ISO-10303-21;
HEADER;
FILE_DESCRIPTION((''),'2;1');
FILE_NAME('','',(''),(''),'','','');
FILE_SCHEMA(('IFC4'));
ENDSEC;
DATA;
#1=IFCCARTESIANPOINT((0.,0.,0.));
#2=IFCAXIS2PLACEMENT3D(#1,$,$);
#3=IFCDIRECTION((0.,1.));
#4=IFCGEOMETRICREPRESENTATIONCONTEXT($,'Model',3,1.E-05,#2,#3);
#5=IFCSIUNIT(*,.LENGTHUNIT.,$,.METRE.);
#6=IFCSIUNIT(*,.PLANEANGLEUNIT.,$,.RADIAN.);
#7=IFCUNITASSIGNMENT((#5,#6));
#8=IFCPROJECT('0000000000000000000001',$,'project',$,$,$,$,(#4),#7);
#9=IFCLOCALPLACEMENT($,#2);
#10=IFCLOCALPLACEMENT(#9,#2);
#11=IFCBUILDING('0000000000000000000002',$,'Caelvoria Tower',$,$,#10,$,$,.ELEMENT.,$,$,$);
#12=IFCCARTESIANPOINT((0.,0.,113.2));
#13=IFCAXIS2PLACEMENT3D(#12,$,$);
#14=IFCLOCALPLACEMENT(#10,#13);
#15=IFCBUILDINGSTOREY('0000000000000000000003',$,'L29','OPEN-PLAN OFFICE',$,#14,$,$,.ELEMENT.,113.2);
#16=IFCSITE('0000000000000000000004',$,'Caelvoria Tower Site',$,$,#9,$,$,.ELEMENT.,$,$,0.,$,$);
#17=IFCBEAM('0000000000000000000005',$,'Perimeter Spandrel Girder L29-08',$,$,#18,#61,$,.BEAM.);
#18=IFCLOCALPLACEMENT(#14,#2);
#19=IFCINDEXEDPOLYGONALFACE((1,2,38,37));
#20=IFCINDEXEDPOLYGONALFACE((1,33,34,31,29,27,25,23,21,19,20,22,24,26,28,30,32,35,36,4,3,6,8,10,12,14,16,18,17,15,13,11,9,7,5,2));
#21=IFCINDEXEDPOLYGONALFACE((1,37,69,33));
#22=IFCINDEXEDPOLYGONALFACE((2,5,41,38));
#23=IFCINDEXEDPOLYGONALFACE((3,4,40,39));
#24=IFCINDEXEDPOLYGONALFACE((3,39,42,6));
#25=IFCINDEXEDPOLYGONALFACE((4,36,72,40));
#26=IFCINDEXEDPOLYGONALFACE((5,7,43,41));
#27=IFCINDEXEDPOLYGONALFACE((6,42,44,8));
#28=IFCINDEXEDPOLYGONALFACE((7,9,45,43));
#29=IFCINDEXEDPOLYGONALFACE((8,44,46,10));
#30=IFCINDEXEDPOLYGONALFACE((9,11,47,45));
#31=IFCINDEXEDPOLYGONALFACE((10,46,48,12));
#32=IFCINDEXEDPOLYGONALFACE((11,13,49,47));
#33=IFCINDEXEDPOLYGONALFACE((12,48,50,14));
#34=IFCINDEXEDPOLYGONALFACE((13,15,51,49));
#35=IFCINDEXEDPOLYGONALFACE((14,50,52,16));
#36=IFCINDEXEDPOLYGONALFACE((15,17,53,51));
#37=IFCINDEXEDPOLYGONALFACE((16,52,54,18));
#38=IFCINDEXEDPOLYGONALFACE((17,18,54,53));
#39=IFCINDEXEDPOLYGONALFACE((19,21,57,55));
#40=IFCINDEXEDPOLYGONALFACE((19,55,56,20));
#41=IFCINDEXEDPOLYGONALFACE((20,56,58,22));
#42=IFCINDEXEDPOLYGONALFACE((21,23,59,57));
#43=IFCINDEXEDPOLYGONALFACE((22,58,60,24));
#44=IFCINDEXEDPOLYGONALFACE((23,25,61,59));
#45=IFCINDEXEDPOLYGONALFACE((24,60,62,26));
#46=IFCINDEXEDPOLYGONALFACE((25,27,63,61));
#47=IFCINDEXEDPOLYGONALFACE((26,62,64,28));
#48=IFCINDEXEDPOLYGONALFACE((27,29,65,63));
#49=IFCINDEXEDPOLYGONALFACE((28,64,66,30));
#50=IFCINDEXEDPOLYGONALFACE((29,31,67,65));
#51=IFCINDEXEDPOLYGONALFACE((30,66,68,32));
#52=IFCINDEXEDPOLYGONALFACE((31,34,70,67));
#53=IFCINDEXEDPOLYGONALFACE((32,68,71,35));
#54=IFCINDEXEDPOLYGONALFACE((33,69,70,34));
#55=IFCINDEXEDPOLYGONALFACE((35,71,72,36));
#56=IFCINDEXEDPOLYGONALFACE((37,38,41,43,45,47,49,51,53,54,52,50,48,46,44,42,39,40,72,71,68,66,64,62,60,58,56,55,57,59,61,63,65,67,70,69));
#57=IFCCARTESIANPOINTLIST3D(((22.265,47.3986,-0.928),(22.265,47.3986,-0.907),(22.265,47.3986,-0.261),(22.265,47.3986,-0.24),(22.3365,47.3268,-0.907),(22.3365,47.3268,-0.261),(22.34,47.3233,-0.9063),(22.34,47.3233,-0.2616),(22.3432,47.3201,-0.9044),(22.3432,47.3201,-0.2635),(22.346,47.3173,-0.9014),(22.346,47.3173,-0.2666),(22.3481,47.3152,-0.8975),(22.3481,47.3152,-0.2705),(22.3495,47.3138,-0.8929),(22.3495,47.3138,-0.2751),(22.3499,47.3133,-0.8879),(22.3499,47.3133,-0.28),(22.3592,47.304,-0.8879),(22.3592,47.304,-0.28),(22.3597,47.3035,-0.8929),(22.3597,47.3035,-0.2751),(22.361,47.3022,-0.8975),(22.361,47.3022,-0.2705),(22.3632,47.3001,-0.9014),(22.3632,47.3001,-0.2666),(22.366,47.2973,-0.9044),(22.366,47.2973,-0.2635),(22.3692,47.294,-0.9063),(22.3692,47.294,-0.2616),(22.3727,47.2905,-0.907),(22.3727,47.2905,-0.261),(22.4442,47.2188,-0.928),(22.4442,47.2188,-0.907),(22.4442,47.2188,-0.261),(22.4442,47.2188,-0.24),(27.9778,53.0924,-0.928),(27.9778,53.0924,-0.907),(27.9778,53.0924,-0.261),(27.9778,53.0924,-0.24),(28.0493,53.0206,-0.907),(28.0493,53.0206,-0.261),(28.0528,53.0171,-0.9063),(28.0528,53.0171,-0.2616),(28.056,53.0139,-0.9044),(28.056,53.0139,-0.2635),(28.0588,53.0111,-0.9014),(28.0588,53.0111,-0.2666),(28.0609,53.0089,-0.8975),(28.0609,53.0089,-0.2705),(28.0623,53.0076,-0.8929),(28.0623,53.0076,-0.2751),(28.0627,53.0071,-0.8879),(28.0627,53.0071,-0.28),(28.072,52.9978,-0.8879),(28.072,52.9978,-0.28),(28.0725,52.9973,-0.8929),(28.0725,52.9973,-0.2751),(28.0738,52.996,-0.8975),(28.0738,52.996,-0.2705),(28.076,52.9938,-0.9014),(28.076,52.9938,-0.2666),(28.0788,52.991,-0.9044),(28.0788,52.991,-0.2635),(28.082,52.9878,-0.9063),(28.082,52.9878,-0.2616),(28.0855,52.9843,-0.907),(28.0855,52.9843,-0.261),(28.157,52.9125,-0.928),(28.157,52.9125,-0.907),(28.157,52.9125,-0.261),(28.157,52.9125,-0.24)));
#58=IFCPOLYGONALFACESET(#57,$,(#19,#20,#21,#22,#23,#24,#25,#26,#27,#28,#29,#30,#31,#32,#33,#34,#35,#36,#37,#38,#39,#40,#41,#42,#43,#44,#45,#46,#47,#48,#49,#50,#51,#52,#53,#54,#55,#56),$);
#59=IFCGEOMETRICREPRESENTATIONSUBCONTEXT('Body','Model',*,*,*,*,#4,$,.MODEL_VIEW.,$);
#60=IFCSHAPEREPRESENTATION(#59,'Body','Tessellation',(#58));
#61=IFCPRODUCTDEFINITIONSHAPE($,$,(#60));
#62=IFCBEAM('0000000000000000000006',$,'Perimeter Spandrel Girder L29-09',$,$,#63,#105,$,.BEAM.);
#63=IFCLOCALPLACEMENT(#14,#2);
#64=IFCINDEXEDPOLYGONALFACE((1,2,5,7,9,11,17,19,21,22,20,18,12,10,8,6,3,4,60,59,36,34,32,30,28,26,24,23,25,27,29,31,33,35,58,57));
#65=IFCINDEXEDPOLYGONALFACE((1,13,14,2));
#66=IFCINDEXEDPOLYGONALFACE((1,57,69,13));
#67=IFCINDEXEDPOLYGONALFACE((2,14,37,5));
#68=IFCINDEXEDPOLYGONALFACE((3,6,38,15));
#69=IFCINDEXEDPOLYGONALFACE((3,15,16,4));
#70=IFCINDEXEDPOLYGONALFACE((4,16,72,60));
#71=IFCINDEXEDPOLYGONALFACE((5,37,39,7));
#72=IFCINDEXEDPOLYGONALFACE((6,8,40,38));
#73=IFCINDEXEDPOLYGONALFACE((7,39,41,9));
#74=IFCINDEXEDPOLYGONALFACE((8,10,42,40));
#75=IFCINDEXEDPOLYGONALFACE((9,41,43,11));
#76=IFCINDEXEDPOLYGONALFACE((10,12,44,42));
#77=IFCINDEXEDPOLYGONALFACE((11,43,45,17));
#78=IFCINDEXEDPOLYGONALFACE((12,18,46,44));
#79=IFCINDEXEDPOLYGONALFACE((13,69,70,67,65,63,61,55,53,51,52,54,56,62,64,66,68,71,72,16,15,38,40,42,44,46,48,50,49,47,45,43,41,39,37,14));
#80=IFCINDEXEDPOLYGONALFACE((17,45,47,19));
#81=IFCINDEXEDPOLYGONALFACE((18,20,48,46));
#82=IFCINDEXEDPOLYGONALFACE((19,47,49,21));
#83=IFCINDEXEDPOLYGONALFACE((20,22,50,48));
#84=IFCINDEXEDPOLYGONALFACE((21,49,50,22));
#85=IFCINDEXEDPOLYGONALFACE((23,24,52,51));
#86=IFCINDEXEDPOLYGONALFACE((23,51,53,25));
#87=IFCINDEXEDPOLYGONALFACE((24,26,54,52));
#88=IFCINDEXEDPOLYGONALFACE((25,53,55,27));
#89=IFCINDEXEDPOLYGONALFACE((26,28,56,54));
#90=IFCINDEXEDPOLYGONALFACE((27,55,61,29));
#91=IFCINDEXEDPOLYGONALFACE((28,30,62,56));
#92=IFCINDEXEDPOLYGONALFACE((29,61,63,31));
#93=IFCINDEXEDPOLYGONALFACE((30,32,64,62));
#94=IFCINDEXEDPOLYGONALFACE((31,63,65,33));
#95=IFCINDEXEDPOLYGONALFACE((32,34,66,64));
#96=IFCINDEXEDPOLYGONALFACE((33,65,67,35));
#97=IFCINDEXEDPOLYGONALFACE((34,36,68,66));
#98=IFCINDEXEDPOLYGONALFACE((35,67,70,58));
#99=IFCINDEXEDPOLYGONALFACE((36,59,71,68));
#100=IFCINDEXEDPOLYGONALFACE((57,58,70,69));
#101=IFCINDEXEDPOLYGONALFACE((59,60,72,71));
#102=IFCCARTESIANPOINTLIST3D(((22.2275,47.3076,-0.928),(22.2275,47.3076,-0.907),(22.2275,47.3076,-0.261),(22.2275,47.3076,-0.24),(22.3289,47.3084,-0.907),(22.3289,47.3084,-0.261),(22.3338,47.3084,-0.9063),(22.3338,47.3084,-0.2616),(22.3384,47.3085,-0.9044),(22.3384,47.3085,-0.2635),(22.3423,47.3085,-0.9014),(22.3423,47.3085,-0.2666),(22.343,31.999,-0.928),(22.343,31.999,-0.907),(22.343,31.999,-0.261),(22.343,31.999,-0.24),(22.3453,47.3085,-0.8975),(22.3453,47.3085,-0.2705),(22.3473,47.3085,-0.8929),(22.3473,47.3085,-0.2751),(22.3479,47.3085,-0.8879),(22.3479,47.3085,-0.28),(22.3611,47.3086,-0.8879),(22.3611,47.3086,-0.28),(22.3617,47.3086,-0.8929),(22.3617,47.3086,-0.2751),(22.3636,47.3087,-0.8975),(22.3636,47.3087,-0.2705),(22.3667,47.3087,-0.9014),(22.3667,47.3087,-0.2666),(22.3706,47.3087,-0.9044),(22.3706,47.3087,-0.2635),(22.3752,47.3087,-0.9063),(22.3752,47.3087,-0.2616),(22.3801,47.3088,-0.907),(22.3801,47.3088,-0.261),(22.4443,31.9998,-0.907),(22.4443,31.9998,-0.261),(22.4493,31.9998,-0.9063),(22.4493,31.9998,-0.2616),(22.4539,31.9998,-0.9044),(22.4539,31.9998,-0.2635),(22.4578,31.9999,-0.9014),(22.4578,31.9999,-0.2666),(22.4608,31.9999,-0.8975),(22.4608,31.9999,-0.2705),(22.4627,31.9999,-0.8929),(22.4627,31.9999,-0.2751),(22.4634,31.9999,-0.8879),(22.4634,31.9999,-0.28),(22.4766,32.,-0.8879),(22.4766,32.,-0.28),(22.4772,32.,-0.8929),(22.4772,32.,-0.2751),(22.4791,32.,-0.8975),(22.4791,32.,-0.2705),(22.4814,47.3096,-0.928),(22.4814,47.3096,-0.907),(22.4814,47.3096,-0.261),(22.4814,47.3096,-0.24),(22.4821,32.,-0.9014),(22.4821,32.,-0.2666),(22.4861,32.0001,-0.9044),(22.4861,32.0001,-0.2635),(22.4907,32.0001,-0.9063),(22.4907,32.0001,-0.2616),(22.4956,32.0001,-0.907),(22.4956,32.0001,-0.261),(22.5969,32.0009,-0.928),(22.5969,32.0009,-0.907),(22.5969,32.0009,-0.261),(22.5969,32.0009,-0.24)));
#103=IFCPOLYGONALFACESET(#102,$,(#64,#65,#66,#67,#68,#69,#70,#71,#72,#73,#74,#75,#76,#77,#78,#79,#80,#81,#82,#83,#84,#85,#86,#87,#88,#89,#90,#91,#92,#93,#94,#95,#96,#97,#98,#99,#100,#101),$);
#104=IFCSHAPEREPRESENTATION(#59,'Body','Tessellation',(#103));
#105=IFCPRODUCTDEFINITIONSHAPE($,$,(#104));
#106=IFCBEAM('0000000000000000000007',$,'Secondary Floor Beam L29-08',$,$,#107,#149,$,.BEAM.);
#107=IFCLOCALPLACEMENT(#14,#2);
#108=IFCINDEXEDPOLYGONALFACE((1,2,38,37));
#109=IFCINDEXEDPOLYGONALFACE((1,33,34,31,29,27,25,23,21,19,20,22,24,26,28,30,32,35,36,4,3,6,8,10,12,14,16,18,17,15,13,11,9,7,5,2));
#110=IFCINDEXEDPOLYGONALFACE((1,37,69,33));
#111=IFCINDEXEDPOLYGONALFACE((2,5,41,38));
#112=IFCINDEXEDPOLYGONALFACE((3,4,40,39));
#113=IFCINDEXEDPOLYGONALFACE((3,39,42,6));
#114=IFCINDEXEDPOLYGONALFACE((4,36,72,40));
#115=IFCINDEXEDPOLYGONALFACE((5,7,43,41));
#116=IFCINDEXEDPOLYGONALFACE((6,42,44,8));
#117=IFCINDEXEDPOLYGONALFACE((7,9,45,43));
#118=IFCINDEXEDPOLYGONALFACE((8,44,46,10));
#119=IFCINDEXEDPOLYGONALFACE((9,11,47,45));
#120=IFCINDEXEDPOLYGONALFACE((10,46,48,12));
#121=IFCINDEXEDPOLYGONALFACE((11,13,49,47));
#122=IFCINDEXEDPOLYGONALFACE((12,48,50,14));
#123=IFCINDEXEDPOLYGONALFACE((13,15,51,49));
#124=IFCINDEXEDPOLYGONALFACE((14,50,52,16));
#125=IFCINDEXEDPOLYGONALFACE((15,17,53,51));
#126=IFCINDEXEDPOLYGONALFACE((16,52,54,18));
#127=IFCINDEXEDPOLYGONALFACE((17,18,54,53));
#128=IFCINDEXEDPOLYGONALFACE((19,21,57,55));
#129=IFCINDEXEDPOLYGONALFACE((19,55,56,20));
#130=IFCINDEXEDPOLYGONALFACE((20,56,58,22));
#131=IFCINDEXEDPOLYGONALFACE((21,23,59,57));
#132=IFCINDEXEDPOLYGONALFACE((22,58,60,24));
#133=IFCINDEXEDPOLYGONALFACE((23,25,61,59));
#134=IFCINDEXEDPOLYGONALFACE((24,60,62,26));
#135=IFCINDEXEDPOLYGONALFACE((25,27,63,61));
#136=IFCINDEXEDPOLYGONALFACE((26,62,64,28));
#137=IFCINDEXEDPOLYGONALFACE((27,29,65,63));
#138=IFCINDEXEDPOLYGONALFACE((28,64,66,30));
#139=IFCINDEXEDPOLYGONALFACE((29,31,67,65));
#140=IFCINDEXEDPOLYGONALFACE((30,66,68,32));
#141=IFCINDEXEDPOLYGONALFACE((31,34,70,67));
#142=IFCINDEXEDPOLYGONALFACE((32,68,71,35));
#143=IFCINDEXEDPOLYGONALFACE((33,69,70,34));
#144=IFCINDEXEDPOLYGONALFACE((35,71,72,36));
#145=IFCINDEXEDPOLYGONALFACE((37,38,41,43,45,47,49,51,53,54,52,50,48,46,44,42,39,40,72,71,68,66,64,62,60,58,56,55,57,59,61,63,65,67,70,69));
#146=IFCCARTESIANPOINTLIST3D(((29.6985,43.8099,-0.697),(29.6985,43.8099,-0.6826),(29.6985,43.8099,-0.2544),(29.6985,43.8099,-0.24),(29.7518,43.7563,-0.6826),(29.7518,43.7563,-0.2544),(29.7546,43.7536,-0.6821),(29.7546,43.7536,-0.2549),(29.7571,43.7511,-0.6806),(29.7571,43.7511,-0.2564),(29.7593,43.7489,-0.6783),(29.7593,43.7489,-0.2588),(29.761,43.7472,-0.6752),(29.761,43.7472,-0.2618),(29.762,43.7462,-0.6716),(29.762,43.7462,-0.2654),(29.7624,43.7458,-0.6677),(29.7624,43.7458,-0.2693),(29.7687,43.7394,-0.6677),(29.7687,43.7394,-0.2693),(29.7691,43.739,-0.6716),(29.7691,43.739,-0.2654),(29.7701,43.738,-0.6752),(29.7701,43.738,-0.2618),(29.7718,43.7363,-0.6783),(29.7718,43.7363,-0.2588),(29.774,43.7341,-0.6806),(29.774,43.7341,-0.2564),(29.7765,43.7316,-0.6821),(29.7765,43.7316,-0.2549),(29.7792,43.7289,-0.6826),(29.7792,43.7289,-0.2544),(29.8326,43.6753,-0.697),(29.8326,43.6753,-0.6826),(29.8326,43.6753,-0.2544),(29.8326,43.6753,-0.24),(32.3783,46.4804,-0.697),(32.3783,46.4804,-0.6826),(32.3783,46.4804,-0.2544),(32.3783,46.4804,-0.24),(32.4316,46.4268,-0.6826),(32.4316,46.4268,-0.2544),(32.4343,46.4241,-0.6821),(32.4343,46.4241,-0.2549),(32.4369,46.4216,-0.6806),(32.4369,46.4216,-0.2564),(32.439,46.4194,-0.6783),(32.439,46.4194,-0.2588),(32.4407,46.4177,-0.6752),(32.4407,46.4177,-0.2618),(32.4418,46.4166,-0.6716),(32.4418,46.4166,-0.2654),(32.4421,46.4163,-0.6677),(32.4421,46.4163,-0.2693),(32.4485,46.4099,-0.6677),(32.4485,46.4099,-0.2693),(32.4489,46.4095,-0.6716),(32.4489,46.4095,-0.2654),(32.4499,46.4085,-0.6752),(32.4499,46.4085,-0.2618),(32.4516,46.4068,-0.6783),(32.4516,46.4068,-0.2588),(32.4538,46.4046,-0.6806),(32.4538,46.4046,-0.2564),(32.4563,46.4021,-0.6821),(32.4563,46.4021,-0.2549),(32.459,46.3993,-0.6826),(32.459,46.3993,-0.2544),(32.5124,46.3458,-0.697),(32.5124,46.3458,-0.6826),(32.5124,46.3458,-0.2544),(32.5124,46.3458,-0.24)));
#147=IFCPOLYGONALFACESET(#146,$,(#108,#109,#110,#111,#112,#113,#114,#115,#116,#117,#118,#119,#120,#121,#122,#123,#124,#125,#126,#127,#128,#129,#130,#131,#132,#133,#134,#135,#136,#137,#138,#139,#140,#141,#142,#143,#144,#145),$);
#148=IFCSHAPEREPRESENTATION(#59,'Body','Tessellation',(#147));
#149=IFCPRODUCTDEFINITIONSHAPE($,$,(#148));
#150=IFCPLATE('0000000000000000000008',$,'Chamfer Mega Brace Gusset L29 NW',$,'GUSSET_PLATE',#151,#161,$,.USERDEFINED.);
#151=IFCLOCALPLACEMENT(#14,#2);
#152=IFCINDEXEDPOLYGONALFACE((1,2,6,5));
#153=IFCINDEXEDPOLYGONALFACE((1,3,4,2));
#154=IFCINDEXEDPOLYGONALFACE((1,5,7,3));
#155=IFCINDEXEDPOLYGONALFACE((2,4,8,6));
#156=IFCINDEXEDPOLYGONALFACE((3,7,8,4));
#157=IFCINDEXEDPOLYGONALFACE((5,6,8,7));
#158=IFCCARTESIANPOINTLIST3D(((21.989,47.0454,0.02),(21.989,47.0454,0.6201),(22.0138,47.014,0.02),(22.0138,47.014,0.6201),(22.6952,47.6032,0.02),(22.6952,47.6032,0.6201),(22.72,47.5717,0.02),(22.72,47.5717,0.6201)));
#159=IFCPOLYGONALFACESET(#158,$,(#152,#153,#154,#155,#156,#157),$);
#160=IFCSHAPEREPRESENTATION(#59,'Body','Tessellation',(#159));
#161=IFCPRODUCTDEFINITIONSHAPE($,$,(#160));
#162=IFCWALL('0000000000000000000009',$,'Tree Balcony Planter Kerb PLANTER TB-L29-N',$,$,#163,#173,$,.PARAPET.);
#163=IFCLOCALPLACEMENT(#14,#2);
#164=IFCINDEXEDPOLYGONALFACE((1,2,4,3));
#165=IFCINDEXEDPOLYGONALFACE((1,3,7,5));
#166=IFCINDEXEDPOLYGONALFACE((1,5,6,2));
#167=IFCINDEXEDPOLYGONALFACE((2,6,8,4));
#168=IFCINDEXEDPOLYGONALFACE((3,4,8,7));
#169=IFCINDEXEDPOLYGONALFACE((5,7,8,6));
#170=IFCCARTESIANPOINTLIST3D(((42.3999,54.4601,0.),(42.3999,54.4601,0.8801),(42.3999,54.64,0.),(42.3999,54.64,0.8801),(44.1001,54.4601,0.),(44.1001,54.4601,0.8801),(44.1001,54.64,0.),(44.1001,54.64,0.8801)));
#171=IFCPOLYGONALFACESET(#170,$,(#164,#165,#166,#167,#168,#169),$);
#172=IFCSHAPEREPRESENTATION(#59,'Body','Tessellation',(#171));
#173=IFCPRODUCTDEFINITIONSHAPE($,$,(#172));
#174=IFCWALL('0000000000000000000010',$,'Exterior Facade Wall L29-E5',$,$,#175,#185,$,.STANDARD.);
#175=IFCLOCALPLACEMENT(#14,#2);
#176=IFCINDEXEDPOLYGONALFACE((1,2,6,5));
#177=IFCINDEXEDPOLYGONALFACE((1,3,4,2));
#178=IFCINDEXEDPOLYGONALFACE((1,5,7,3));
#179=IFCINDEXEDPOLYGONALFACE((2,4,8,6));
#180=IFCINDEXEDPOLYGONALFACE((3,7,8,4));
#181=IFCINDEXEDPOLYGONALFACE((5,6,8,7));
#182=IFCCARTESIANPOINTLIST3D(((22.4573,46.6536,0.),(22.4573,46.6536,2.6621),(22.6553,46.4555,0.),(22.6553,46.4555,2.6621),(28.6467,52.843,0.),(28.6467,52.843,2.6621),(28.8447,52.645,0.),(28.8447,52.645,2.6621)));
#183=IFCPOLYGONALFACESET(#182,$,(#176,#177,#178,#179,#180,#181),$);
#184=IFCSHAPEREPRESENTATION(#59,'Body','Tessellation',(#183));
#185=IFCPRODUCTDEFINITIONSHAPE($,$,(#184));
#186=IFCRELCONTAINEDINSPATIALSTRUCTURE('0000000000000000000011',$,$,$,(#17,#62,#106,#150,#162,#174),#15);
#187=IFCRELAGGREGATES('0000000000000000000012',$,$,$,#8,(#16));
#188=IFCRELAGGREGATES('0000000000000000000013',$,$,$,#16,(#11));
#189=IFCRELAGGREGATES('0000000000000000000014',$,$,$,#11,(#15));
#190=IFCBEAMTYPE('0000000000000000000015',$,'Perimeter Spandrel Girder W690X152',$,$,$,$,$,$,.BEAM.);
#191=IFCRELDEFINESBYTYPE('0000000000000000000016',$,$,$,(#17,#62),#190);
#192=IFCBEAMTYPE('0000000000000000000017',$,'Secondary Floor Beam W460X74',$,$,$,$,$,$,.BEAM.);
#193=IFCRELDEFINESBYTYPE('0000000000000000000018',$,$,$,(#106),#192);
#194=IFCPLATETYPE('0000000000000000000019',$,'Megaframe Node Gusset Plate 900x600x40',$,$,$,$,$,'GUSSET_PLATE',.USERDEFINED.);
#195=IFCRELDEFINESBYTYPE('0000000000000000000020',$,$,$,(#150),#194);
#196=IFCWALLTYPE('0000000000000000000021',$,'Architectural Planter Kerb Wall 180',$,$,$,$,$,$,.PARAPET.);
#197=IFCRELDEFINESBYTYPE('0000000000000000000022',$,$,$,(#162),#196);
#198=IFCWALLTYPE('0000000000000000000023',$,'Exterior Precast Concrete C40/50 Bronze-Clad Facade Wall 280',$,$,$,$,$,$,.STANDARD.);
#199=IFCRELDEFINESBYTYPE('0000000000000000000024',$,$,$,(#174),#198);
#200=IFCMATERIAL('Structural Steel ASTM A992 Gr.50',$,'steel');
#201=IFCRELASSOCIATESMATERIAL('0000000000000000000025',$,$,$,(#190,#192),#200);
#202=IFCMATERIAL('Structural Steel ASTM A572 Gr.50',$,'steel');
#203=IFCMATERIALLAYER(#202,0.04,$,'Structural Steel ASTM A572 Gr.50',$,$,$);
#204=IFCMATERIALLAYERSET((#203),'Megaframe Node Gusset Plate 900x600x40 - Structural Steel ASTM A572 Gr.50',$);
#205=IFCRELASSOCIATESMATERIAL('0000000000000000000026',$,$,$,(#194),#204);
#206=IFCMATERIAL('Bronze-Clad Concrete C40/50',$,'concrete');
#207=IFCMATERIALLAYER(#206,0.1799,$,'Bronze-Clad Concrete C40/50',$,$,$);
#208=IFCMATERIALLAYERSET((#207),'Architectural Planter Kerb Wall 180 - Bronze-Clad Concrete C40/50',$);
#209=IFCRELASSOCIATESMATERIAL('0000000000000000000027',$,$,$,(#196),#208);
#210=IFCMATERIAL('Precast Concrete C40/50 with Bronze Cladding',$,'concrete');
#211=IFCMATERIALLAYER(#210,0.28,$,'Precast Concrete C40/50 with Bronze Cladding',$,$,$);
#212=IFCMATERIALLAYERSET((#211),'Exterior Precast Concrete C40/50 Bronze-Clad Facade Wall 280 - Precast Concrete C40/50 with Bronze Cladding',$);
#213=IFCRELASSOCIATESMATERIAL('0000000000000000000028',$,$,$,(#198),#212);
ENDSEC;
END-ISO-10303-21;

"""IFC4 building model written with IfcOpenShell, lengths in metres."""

from ifc_helpers import new_model, si_unit, direction, frame, frame_2d, origin, origin_2d, place, context, subcontext, project, spatial, rectangle, i_section, extrude, material, layer, layer_set, material_profile, profile_set, type_object, element, save


model = new_model("IFC4")

# Units and contexts
model_context = context("Model", 3, precision=1e-05, world=origin(), true_north=direction((0.0, 1.0)))
body_context = subcontext(model_context, "Body", "Model", "MODEL_VIEW")
ifc_project = project(units=[si_unit("LENGTHUNIT", "METRE"), si_unit("PLANEANGLEUNIT", "RADIAN")], contexts=[model_context])

# Site, building, storey
site_placement = place(None, origin())
site = spatial("IfcSite", under=ifc_project, at=site_placement, Name="Caelvoria Tower Site", CompositionType="ELEMENT", RefElevation=0.0)
building_placement = place(site_placement, origin())
building = spatial("IfcBuilding", under=site, at=building_placement, Name="Caelvoria Tower", CompositionType="ELEMENT")
storey_placement = place(building_placement, frame((0.0, 0.0, 113.2)))
storey = spatial("IfcBuildingStorey", under=building, at=storey_placement, Name="L29", Description="OPEN-PLAN OFFICE", CompositionType="ELEMENT", Elevation=113.2)

# Shared definitions
ifc_material_1 = material(Name="Structural Steel ASTM A572 Gr.50", Category="steel")

# Shared definitions
ifc_material_2 = material(Name="Structural Steel ASTM A992 Gr.50", Category="steel")

# Beams
ifc_material_profile_1 = material_profile(ifc_material_2, i_section(OverallWidth=0.2539, OverallDepth=0.688, WebThickness=0.0132, FlangeThickness=0.021, FilletRadius=0.019, at=origin_2d()), Name="Structural Steel ASTM A992 Gr.50")
ifc_profile_set_1 = profile_set([ifc_material_profile_1], Name="W690X152 - Structural Steel ASTM A992 Gr.50")
beam_type_1 = type_object("IfcBeamType", Name="Perimeter Spandrel Girder W690X152", PredefinedType="BEAM", material=ifc_profile_set_1)
beam_1_placement = place(storey_placement, frame((28.0674, 53.0024, -0.584), z_axis=(-0.708286, -0.705925, 0.0), x_axis=(0.705925, -0.708286, 0.0)))
element("IfcBeam", 1, at=beam_1_placement, inside=storey, type_object=beam_type_1, Name="Perimeter Spandrel Girder L29-08", PredefinedType="BEAM", context=body_context, shape_type="SweptSolid", body=[
    extrude(i_section(OverallWidth=0.2539, OverallDepth=0.688, WebThickness=0.0132, FlangeThickness=0.021, FilletRadius=0.019, at=origin_2d()), origin(), (0.0, 0.0, 1.0), 8.0657),
])
beam_2_placement = place(storey_placement, frame((22.3545, 47.3086, -0.584), z_axis=(0.007543, -0.999972, 0.0), x_axis=(0.999972, 0.007543, 0.0)))
element("IfcBeam", 2, at=beam_2_placement, inside=storey, type_object=beam_type_1, Name="Perimeter Spandrel Girder L29-09", PredefinedType="BEAM", context=body_context, shape_type="SweptSolid", body=[
    extrude(i_section(OverallWidth=0.2539, OverallDepth=0.688, WebThickness=0.0132, FlangeThickness=0.021, FilletRadius=0.019, at=origin_2d()), origin(), (0.0, 0.0, 1.0), 15.3091),
])
ifc_material_profile_2 = material_profile(ifc_material_2, i_section(OverallWidth=0.1899, OverallDepth=0.457, WebThickness=0.009, FlangeThickness=0.0144, FilletRadius=0.0149, at=origin_2d()), Name="Structural Steel ASTM A992 Gr.50")
ifc_profile_set_2 = profile_set([ifc_material_profile_2], Name="W460X74 - Structural Steel ASTM A992 Gr.50")
beam_type_2 = type_object("IfcBeamType", Name="Secondary Floor Beam W460X74", PredefinedType="BEAM", material=ifc_profile_set_2)
beam_3_placement = place(storey_placement, frame((32.4453, 46.4131, -0.4685), z_axis=(-0.708332, -0.70588, 0.0), x_axis=(0.70588, -0.708332, 0.0)))
element("IfcBeam", 3, at=beam_3_placement, inside=storey, type_object=beam_type_2, Name="Secondary Floor Beam L29-08", PredefinedType="BEAM", context=body_context, shape_type="SweptSolid", body=[
    extrude(i_section(OverallWidth=0.1899, OverallDepth=0.457, WebThickness=0.009, FlangeThickness=0.0144, FilletRadius=0.0149, at=origin_2d()), origin(), (0.0, 0.0, 1.0), 3.7832),
])

# Plate
ifc_layer_1 = layer(ifc_material_1, 0.04, Name="Structural Steel ASTM A572 Gr.50")
ifc_layer_set_1 = layer_set([ifc_layer_1], Name="Megaframe Node Gusset Plate 900x600x40 - Structural Steel ASTM A572 Gr.50")
plate_type = type_object("IfcPlateType", Name="Megaframe Node Gusset Plate 900x600x40", ElementType="GUSSET_PLATE", PredefinedType="USERDEFINED", material=ifc_layer_set_1)
plate_placement = place(storey_placement, frame((22.3545, 47.3086, 0.02), z_axis=(0.0, 0.0, 1.0), x_axis=(0.784794, 0.619757, 0.0)))
element("IfcPlate", 4, at=plate_placement, inside=storey, type_object=plate_type, Name="Chamfer Mega Brace Gusset L29 NW", ObjectType="GUSSET_PLATE", PredefinedType="USERDEFINED", context=body_context, shape_type="SweptSolid", body=[
    extrude(rectangle(XDim=0.8999, YDim=0.04, at=origin_2d()), origin(), (0.0, 0.0, 1.0), 0.6001),
])

# Walls
ifc_material_3 = material(Name="Bronze-Clad Concrete C40/50", Category="concrete")
ifc_layer_2 = layer(ifc_material_3, 0.1799, Name="Bronze-Clad Concrete C40/50")
ifc_layer_set_2 = layer_set([ifc_layer_2], Name="Architectural Planter Kerb Wall 180 - Bronze-Clad Concrete C40/50")
wall_type_1 = type_object("IfcWallType", Name="Architectural Planter Kerb Wall 180", PredefinedType="PARAPET", material=ifc_layer_set_2)
wall_1_placement = place(storey_placement, frame((42.3999, 54.55, 0.0), z_axis=(0.0, 0.0, 1.0), x_axis=(1.0, 0.0, 0.0)))
element("IfcWall", 5, at=wall_1_placement, inside=storey, type_object=wall_type_1, Name="Tree Balcony Planter Kerb PLANTER TB-L29-N", PredefinedType="PARAPET", context=body_context, shape_type="SweptSolid", body=[
    extrude(rectangle(XDim=1.7002, YDim=0.1799, at=frame_2d((0.8501, 0.0))), origin(), (0.0, 0.0, 1.0), 0.8801),
])
ifc_material_4 = material(Name="Precast Concrete C40/50 with Bronze Cladding", Category="concrete")
ifc_layer_3 = layer(ifc_material_4, 0.28, Name="Precast Concrete C40/50 with Bronze Cladding")
ifc_layer_set_3 = layer_set([ifc_layer_3], Name="Exterior Precast Concrete C40/50 Bronze-Clad Facade Wall 280 - Precast Concrete C40/50 with Bronze Cladding")
wall_type_2 = type_object("IfcWallType", Name="Exterior Precast Concrete C40/50 Bronze-Clad Facade Wall 280", PredefinedType="STANDARD", material=ifc_layer_set_3)
wall_2_placement = place(storey_placement, frame((28.7456, 52.7439, 0.0), z_axis=(0.0, 0.0, 1.0), x_axis=(-0.707107, -0.707107, 0.0)))
element("IfcWall", 6, at=wall_2_placement, inside=storey, type_object=wall_type_2, Name="Exterior Facade Wall L29-E5", PredefinedType="STANDARD", context=body_context, shape_type="SweptSolid", body=[
    extrude(rectangle(XDim=8.7532, YDim=0.28, at=frame_2d((4.3765, 0.0))), origin(), (0.0, 0.0, 1.0), 2.6621),
])

save(model, "model.ifc")
